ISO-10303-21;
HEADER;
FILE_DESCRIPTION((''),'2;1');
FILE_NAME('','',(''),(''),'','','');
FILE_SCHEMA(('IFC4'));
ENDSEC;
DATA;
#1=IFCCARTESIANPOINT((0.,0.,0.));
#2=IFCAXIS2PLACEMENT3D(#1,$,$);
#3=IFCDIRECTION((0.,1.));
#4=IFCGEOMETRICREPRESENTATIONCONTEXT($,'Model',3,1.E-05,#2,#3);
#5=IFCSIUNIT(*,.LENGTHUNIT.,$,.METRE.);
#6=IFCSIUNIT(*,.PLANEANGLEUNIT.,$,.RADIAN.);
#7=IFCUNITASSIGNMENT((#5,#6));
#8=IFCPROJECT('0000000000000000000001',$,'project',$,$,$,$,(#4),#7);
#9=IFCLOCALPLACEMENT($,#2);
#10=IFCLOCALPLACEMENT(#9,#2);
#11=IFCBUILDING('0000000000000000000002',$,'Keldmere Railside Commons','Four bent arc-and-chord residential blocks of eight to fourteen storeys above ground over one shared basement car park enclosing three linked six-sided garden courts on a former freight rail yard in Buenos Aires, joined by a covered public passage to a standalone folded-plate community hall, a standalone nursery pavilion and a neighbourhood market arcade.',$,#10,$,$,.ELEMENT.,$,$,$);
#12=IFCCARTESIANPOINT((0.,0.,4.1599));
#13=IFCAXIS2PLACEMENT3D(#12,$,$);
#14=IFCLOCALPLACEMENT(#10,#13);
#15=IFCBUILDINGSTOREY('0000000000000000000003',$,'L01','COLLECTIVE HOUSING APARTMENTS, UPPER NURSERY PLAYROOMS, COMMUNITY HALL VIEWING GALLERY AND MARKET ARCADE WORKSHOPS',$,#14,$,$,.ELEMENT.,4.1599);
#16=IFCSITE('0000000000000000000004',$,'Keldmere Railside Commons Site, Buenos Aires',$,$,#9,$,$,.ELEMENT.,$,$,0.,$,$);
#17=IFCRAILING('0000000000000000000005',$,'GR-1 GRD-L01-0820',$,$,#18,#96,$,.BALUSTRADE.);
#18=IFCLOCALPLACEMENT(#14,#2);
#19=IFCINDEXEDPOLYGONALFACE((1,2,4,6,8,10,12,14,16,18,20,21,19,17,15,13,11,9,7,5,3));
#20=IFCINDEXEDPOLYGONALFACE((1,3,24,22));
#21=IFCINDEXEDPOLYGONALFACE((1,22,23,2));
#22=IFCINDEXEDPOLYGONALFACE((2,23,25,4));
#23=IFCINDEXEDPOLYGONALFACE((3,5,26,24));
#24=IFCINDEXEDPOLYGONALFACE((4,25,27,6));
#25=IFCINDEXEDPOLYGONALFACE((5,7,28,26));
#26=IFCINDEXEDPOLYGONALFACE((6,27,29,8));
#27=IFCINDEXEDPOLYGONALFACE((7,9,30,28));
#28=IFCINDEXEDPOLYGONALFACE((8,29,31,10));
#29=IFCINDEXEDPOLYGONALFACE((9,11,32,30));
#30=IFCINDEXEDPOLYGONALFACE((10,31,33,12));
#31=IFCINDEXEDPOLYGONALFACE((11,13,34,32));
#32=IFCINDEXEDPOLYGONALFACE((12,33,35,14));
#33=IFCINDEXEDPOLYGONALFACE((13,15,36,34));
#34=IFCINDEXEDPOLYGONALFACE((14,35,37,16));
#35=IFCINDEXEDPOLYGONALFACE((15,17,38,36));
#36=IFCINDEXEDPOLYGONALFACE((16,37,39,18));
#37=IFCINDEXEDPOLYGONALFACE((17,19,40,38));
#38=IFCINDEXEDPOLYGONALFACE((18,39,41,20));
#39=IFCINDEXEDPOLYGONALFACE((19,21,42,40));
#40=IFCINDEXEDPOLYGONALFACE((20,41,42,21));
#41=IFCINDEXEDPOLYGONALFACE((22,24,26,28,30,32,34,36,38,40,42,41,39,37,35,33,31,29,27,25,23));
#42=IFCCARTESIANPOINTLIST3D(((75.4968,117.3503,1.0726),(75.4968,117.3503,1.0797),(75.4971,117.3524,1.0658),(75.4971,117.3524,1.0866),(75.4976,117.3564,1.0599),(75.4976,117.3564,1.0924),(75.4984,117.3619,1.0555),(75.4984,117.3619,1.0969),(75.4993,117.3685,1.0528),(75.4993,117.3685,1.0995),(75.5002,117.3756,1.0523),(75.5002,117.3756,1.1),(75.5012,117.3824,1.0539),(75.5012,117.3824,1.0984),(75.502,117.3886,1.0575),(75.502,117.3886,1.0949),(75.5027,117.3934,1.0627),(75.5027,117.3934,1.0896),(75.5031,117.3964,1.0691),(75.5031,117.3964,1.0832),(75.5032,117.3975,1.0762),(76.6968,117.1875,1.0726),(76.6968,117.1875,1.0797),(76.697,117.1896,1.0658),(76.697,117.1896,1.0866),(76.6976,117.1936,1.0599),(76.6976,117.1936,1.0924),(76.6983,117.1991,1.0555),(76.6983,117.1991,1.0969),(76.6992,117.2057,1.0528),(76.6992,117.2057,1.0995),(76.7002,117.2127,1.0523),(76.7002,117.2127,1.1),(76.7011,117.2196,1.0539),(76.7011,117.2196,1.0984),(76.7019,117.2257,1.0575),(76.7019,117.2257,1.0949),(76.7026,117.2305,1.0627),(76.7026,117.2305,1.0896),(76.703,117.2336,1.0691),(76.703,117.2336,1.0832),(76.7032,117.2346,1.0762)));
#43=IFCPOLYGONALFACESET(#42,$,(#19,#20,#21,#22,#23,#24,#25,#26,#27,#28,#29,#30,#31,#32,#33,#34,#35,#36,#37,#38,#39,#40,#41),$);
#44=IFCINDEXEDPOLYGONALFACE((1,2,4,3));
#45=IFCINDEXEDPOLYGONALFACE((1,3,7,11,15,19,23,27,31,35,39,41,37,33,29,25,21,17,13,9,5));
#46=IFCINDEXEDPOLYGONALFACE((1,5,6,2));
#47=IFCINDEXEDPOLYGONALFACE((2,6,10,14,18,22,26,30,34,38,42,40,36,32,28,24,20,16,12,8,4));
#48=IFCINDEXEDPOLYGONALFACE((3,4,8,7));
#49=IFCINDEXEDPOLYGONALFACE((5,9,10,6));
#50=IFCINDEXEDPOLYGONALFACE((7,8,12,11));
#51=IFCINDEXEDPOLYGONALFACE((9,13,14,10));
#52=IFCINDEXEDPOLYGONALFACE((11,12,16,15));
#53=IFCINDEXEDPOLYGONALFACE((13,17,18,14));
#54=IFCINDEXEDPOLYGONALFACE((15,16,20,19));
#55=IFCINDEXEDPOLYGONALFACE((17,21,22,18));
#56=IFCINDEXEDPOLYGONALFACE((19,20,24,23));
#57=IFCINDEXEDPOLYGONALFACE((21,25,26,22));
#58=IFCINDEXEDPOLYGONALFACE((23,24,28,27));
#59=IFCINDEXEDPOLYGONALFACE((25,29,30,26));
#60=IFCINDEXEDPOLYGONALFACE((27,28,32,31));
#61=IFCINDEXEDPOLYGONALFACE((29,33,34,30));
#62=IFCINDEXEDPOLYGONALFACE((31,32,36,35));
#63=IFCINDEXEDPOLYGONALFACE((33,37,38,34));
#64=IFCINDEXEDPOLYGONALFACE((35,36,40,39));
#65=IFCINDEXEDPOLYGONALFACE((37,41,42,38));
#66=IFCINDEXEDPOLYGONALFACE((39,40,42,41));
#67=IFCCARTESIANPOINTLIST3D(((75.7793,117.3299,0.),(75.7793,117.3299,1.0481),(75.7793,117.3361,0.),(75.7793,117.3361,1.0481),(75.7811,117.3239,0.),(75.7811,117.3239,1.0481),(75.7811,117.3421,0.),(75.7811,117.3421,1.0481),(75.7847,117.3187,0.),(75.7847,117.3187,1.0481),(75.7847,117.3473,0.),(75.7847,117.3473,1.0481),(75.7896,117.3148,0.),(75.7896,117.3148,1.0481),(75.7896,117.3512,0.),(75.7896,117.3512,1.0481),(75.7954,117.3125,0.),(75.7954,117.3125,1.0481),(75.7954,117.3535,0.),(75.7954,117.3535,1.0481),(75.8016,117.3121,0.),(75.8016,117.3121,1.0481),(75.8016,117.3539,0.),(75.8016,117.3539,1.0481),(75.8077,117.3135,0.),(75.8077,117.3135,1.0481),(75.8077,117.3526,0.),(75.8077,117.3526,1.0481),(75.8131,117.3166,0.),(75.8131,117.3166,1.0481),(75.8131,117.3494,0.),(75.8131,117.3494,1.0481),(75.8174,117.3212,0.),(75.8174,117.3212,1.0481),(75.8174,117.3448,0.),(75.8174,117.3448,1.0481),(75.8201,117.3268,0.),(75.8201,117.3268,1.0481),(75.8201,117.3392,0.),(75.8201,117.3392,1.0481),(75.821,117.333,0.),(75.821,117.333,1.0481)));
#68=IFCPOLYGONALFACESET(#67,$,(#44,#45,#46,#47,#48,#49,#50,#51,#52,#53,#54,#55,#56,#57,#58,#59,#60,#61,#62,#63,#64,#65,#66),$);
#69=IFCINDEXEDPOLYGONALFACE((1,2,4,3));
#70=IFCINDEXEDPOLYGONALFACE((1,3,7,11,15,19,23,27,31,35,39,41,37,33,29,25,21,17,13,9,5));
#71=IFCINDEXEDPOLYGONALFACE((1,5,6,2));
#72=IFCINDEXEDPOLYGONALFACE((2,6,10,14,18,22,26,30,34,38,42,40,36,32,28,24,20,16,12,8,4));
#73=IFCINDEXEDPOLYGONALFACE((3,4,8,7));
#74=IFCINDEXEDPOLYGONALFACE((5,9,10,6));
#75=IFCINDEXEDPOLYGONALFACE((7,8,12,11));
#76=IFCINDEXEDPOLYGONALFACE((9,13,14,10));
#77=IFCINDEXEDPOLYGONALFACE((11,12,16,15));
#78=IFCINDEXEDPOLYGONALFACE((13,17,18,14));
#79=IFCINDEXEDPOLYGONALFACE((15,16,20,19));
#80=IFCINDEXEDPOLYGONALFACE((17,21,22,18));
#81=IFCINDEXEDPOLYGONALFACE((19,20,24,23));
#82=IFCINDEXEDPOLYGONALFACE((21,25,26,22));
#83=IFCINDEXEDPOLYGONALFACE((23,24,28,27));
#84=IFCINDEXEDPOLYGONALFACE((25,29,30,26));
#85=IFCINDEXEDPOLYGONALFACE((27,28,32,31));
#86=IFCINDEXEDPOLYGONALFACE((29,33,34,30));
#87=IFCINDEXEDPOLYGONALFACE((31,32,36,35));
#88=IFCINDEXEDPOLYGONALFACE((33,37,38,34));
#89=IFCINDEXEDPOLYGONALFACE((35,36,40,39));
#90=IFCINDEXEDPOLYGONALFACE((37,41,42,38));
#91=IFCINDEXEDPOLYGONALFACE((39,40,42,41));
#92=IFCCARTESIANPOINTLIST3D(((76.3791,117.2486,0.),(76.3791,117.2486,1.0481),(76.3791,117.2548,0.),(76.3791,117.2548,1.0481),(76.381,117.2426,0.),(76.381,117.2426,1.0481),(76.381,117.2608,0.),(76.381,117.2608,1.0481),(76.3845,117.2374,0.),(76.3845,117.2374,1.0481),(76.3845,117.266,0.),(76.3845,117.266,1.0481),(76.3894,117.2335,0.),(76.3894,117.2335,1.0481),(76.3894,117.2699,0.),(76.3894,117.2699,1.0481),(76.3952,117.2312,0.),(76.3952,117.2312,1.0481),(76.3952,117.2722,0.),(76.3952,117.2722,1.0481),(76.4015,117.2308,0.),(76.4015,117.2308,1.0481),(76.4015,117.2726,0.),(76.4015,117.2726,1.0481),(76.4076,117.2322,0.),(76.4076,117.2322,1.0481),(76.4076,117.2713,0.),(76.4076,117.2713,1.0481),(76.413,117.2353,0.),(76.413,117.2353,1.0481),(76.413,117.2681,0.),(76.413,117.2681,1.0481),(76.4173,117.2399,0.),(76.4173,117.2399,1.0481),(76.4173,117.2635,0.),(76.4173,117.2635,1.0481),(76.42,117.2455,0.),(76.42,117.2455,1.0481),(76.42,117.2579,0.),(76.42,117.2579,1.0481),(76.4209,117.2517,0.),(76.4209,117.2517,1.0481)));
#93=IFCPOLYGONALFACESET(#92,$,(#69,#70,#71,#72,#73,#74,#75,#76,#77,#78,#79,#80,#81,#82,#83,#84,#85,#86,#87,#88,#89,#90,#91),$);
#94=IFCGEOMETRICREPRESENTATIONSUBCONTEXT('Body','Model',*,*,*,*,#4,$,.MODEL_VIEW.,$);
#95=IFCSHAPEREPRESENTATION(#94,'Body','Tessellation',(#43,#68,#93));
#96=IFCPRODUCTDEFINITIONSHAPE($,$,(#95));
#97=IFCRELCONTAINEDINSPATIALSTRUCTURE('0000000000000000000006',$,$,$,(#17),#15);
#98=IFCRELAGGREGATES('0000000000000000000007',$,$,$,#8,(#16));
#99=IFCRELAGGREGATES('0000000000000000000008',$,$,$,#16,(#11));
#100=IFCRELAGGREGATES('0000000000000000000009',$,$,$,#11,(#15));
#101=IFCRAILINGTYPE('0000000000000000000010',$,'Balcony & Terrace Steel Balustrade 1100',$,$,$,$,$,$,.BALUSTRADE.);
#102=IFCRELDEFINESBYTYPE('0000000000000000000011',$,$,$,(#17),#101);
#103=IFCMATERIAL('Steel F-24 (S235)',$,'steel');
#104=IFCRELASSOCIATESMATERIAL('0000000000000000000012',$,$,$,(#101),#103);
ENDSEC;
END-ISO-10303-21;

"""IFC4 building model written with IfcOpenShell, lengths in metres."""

from ifc_helpers import new_model, si_unit, direction, frame, origin, origin_2d, place, context, subcontext, project, spatial, circle, extrude, material, type_object, element, save


model = new_model("IFC4")

# Units and contexts
model_context = context("Model", 3, precision=1e-05, world=origin(), true_north=direction((0.0, 1.0)))
body_context = subcontext(model_context, "Body", "Model", "MODEL_VIEW")
ifc_project = project(units=[si_unit("LENGTHUNIT", "METRE"), si_unit("PLANEANGLEUNIT", "RADIAN")], contexts=[model_context])

# Site, building, storey
site_placement = place(None, origin())
site = spatial("IfcSite", under=ifc_project, at=site_placement, Name="Keldmere Railside Commons Site, Buenos Aires", CompositionType="ELEMENT", RefElevation=0.0)
building_placement = place(site_placement, origin())
building = spatial("IfcBuilding", under=site, at=building_placement, Name="Keldmere Railside Commons", Description="Four bent arc-and-chord residential blocks of eight to fourteen storeys above ground over one shared basement car park enclosing three linked six-sided garden courts on a former freight rail yard in Buenos Aires, joined by a covered public passage to a standalone folded-plate community hall, a standalone nursery pavilion and a neighbourhood market arcade.", CompositionType="ELEMENT")
storey_placement = place(building_placement, frame((0.0, 0.0, 4.1599)))
storey = spatial("IfcBuildingStorey", under=building, at=storey_placement, Name="L01", Description="COLLECTIVE HOUSING APARTMENTS, UPPER NURSERY PLAYROOMS, COMMUNITY HALL VIEWING GALLERY AND MARKET ARCADE WORKSHOPS", CompositionType="ELEMENT", Elevation=4.1599)

# Railing
ifc_material_1 = material(Name="Steel F-24 (S235)", Category="steel")
railing_type_1 = type_object("IfcRailingType", Name="Balcony & Terrace Steel Balustrade 1100", PredefinedType="BALUSTRADE", material=ifc_material_1)
railing_1_placement = place(storey_placement, frame((75.5, 117.3738, 0.0)))
element("IfcRailing", 1, at=railing_1_placement, inside=storey, type_object=railing_type_1, Name="GR-1 GRD-L01-0820", PredefinedType="BALUSTRADE", context=body_context, shape_type="SweptSolid", body=[
    extrude(circle(Radius=0.0239, at=origin_2d()), frame((0.0, 0.0, 1.0762), z_axis=(0.990917, -0.134474, 0.0), x_axis=(0.134474, 0.990917, 0.0)), (0.0, 0.0, 1.0), 1.2109),
    extrude(circle(Radius=0.021, at=origin_2d()), frame((0.3, -0.0408, 0.0)), (0.0, 0.0, 1.0), 1.0481),
    extrude(circle(Radius=0.021, at=origin_2d()), frame((0.8999, -0.1221, 0.0)), (0.0, 0.0, 1.0), 1.0481),
])

save(model, "model.ifc")
